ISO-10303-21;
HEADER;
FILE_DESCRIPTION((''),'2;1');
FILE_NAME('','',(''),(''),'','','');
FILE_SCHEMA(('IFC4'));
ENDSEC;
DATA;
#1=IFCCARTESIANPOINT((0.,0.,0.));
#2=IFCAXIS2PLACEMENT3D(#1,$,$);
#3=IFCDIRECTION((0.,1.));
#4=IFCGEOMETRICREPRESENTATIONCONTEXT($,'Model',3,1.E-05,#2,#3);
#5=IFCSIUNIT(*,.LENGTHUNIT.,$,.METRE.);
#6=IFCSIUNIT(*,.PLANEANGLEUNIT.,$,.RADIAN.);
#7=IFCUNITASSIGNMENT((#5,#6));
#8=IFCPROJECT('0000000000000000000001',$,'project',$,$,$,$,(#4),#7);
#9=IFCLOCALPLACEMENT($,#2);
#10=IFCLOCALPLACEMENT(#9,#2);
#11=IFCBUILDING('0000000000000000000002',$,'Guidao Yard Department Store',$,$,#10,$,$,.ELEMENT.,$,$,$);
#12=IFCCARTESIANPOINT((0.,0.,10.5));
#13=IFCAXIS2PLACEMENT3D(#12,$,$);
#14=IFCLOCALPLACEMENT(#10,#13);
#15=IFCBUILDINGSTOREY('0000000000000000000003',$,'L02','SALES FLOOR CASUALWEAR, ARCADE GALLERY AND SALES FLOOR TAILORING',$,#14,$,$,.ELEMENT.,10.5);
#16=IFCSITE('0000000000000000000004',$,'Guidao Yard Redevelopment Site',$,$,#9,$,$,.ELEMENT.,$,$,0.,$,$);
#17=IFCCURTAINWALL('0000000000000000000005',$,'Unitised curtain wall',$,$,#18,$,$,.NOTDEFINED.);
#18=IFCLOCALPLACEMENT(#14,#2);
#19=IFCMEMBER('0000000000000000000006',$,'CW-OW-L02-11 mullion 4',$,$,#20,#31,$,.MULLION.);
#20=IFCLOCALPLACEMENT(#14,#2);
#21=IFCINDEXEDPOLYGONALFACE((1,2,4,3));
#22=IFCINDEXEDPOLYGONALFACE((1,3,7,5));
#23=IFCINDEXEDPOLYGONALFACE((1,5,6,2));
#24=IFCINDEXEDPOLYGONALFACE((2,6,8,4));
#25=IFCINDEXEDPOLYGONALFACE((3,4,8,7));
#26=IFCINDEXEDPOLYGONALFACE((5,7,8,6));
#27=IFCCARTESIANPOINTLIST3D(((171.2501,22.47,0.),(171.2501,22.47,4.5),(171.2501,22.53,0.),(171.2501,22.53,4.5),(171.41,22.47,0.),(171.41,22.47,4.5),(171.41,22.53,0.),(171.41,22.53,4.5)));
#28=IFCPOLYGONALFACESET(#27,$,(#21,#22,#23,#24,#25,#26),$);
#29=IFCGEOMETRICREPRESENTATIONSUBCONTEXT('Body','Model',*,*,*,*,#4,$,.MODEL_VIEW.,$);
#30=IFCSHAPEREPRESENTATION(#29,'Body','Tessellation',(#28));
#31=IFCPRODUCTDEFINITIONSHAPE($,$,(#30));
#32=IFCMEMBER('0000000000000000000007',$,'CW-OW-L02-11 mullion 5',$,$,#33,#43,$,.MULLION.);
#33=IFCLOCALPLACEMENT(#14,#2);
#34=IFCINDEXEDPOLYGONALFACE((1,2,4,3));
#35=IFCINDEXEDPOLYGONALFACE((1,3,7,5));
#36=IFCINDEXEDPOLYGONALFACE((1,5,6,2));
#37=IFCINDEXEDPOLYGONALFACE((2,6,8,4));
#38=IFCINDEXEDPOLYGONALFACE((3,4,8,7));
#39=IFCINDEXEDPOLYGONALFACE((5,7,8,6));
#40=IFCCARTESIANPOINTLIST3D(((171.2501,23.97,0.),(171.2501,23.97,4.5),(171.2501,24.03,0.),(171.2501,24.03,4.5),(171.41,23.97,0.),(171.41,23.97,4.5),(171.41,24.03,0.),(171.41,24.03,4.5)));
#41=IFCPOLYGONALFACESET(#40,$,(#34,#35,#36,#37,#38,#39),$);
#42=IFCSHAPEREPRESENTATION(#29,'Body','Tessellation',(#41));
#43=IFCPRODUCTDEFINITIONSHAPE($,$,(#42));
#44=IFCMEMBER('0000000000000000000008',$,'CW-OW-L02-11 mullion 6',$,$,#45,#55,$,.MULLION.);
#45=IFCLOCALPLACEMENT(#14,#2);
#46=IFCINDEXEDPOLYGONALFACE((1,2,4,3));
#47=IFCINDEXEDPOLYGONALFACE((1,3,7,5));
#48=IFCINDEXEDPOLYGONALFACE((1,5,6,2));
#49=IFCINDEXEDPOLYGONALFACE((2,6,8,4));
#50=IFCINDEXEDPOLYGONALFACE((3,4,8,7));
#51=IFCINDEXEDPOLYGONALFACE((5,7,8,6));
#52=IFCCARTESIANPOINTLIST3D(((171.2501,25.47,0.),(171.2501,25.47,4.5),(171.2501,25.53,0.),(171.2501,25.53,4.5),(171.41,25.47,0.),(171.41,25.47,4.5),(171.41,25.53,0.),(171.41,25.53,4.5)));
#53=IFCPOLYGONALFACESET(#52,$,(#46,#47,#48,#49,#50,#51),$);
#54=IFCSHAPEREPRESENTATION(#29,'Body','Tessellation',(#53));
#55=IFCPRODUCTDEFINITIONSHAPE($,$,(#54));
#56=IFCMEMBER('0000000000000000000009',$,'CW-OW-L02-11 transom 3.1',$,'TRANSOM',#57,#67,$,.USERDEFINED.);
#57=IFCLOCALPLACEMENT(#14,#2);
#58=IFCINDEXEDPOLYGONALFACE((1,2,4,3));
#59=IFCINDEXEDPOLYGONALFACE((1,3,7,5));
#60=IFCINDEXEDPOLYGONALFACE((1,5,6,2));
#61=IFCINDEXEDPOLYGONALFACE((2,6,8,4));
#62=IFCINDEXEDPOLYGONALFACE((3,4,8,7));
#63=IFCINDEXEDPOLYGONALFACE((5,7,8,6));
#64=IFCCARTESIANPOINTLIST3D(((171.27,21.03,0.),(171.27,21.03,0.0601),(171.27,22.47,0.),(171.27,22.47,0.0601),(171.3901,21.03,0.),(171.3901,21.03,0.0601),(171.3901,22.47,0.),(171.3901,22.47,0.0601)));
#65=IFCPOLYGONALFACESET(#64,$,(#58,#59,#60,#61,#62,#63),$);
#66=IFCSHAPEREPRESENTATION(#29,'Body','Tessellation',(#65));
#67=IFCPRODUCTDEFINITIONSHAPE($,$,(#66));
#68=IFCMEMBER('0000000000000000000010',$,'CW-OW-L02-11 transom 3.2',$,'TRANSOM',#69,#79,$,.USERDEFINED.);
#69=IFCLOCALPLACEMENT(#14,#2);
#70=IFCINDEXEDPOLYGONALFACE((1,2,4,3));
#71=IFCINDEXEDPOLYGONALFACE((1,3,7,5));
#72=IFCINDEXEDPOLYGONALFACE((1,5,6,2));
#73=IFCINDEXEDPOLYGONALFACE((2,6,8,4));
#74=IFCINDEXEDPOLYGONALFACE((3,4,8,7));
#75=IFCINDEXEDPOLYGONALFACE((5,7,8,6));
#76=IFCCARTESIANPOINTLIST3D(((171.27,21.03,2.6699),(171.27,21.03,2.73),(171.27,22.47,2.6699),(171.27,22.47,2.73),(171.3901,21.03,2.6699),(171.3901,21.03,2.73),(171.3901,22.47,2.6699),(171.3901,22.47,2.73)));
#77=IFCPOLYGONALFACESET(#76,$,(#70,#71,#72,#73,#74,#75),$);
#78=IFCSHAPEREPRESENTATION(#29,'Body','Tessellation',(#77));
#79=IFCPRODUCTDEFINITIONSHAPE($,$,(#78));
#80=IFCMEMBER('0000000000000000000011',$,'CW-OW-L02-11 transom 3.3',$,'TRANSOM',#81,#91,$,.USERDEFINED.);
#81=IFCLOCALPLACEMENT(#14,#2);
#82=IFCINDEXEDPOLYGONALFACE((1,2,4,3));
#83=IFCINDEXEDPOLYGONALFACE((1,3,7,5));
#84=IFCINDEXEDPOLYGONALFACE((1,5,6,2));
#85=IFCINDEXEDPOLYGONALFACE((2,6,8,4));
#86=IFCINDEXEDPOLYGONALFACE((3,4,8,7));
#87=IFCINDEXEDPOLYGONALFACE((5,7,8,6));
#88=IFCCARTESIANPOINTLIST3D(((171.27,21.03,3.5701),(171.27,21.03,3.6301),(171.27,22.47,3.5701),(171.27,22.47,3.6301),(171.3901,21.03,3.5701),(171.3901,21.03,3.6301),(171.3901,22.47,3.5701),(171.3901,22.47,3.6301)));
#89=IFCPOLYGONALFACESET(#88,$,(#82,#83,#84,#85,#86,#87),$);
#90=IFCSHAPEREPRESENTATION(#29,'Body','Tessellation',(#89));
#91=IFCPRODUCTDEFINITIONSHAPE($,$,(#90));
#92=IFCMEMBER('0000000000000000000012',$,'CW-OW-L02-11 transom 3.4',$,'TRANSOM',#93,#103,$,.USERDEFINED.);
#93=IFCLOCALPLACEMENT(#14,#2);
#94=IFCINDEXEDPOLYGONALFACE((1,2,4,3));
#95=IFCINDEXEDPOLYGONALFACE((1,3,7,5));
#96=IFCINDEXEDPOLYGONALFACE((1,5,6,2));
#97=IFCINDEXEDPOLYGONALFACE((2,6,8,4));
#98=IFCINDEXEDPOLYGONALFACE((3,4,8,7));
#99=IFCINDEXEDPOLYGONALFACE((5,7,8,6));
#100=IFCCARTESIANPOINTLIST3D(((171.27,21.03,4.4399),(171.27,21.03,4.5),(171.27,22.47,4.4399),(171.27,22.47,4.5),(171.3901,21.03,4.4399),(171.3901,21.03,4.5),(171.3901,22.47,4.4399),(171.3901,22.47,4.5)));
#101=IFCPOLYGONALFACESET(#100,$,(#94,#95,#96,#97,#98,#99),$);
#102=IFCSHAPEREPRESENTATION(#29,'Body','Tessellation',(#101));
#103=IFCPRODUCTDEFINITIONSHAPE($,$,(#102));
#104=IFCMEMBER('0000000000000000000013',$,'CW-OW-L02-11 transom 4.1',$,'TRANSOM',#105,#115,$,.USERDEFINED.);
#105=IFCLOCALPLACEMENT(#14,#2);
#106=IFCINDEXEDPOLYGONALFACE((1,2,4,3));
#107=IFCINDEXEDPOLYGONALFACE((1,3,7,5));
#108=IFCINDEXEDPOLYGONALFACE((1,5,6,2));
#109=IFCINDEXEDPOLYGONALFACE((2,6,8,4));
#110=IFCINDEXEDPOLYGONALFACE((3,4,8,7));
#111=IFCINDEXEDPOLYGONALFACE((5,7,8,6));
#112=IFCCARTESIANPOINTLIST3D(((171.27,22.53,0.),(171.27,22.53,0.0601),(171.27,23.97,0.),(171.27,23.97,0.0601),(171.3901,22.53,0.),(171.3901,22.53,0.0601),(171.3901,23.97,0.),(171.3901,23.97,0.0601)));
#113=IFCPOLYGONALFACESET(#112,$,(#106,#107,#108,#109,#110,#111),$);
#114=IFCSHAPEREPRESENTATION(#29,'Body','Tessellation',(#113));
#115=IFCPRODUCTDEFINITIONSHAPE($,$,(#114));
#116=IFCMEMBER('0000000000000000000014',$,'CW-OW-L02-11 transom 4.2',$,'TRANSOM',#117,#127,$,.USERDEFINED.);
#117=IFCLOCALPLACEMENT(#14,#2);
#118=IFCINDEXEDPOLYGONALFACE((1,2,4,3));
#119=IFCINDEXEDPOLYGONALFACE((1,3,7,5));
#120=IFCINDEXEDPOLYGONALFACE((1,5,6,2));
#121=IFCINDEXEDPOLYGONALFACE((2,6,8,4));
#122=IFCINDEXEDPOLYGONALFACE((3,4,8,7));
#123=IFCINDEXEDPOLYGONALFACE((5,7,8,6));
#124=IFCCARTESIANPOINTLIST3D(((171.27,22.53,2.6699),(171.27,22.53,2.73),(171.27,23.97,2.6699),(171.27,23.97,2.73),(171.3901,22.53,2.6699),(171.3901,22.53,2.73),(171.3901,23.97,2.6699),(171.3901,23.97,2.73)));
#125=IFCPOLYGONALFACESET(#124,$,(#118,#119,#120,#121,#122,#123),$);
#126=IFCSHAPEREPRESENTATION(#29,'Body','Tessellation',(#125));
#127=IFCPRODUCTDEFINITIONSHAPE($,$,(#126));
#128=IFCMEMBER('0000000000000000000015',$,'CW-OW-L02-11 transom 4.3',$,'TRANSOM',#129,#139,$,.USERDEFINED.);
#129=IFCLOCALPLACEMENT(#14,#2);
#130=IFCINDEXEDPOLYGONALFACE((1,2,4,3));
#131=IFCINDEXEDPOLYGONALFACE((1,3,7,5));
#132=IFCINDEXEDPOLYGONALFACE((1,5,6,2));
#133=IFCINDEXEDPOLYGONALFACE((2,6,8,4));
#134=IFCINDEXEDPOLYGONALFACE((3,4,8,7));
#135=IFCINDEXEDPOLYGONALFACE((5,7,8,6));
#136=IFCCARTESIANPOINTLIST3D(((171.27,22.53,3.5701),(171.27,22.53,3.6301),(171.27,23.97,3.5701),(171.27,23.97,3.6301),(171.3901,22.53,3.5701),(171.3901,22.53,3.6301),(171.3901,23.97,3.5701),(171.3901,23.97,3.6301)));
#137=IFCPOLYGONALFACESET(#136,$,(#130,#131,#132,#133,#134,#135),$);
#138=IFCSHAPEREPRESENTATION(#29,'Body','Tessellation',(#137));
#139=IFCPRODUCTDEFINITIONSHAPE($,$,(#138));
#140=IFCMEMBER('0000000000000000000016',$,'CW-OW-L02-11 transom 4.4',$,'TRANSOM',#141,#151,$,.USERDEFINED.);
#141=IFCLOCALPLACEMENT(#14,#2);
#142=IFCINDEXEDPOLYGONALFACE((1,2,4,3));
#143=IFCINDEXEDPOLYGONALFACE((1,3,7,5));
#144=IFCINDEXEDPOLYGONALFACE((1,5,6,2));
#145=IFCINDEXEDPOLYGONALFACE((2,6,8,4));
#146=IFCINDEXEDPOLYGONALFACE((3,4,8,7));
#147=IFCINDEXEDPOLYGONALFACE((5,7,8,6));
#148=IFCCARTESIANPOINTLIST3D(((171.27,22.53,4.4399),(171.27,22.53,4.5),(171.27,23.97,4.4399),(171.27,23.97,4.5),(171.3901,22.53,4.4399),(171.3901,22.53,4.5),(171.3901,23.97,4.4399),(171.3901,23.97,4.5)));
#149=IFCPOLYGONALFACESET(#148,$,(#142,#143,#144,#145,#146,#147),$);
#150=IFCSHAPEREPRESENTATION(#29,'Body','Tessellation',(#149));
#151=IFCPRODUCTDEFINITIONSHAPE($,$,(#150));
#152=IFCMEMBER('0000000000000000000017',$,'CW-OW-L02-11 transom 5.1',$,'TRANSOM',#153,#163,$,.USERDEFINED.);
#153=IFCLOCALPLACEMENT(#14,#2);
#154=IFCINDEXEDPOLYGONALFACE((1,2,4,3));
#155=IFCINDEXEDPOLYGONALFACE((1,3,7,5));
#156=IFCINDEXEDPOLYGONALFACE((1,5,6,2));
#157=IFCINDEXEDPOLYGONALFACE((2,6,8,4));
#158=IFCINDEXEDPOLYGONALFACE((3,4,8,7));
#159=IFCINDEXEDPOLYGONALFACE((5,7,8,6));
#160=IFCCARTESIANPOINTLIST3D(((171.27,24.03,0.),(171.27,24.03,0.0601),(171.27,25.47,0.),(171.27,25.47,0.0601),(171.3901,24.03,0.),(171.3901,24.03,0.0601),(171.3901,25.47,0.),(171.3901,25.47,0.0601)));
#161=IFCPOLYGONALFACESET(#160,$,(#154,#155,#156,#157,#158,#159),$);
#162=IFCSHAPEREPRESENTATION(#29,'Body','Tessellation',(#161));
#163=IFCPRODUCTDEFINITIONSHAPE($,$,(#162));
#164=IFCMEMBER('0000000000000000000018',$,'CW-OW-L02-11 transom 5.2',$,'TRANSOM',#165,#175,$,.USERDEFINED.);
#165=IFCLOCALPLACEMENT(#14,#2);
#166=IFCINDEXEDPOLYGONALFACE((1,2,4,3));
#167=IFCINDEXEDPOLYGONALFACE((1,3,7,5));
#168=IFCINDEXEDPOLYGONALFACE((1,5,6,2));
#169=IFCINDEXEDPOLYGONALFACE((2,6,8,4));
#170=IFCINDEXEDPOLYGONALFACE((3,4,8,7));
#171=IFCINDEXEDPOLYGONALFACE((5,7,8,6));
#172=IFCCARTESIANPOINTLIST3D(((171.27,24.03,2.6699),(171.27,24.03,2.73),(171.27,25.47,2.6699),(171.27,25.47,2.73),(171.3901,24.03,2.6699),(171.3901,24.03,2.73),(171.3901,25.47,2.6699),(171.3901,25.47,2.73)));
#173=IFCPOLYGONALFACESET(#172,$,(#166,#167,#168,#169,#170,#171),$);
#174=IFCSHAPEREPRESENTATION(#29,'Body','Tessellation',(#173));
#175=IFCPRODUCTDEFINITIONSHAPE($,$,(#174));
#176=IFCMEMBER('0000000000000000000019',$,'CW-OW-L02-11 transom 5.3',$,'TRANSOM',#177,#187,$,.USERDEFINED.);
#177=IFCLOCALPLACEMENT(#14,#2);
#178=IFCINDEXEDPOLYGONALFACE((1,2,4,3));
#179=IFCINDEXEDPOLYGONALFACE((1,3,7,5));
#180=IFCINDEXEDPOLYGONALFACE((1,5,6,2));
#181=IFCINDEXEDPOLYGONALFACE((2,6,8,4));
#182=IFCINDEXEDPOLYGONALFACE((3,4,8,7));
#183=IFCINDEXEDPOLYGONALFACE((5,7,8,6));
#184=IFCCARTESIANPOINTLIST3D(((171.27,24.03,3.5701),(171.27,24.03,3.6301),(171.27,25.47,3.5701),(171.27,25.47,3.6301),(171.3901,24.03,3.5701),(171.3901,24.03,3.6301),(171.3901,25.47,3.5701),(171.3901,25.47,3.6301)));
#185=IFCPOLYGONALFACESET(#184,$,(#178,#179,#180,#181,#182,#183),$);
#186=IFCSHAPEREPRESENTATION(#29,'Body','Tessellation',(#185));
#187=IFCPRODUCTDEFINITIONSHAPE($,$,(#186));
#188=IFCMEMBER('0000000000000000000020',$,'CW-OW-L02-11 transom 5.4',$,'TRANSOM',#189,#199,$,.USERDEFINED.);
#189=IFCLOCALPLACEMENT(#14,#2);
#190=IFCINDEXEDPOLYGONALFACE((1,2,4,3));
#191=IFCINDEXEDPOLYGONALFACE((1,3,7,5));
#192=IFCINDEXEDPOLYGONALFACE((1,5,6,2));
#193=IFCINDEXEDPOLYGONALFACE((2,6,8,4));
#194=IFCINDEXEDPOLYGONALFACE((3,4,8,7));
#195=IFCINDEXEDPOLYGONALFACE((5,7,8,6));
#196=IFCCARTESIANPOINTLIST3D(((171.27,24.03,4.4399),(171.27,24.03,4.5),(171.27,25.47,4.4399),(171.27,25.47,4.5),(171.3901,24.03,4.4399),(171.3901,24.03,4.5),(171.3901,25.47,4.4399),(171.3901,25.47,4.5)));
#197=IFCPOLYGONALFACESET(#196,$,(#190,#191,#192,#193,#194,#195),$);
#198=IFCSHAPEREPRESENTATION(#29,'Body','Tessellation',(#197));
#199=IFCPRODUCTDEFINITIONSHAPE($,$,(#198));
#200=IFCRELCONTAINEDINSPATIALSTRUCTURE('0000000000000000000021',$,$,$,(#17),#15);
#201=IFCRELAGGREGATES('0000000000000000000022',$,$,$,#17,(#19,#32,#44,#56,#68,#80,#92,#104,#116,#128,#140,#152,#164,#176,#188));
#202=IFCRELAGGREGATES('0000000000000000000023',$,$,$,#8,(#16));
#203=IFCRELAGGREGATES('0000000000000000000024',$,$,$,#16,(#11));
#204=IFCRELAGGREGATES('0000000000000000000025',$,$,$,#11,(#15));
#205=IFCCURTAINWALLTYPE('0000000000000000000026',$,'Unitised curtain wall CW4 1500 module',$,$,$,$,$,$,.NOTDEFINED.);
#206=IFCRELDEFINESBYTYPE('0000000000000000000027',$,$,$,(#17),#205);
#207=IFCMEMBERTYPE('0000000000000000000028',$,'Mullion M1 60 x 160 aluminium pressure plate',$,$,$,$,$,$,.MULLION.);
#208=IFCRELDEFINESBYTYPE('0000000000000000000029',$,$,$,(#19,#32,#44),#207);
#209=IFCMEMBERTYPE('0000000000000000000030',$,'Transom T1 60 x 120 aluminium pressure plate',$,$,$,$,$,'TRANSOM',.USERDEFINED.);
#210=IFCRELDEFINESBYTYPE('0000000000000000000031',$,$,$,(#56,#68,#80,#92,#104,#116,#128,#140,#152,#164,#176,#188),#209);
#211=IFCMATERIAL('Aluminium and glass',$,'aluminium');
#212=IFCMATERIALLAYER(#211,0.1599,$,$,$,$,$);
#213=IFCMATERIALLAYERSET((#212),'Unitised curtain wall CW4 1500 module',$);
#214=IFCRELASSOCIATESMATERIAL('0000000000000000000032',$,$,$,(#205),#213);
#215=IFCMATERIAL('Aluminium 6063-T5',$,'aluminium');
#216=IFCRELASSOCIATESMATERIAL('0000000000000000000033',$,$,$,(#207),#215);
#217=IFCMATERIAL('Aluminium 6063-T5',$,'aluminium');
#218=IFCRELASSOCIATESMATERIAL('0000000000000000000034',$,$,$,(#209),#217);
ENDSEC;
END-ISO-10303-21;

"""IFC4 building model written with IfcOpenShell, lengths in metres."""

from ifc_helpers import new_model, si_unit, direction, frame, origin, origin_2d, place, context, subcontext, project, spatial, rectangle, extrude, material, layer, layer_set, material_profile, profile_set, type_object, element, aggregate, save


model = new_model("IFC4")

# Units and contexts
model_context = context("Model", 3, precision=1e-05, world=origin(), true_north=direction((0.0, 1.0)))
body_context = subcontext(model_context, "Body", "Model", "MODEL_VIEW")
ifc_project = project(units=[si_unit("LENGTHUNIT", "METRE"), si_unit("PLANEANGLEUNIT", "RADIAN")], contexts=[model_context])

# Site, building, storey
site_placement = place(None, origin())
site = spatial("IfcSite", under=ifc_project, at=site_placement, Name="Guidao Yard Redevelopment Site", CompositionType="ELEMENT", RefElevation=0.0)
building_placement = place(site_placement, origin())
building = spatial("IfcBuilding", under=site, at=building_placement, Name="Guidao Yard Department Store", CompositionType="ELEMENT")
storey_placement = place(building_placement, frame((0.0, 0.0, 10.5)))
storey = spatial("IfcBuildingStorey", under=building, at=storey_placement, Name="L02", Description="SALES FLOOR CASUALWEAR, ARCADE GALLERY AND SALES FLOOR TAILORING", CompositionType="ELEMENT", Elevation=10.5)

# Curtain wall, members
ifc_material_1 = material(Name="Aluminium and glass", Category="aluminium")
ifc_layer_1 = layer(ifc_material_1, 0.1599)
ifc_layer_set_1 = layer_set([ifc_layer_1], Name="Unitised curtain wall CW4 1500 module")
curtain_wall_type = type_object("IfcCurtainWallType", Name="Unitised curtain wall CW4 1500 module", PredefinedType="NOTDEFINED", material=ifc_layer_set_1)
curtain_wall_placement = place(storey_placement, origin())
curtain_wall = element("IfcCurtainWall", 1, at=curtain_wall_placement, inside=storey, type_object=curtain_wall_type, Name="Unitised curtain wall", PredefinedType="NOTDEFINED")
ifc_material_2 = material(Name="Aluminium 6063-T5", Category="aluminium")
ifc_material_profile_1 = material_profile(ifc_material_2, rectangle(XDim=0.0601, YDim=0.1599, at=origin_2d()), Name="Mullion M1 60 x 160 aluminium pressure plate")
ifc_profile_set_1 = profile_set([ifc_material_profile_1], Name="Aluminium 6063-T5")
member_type_1 = type_object("IfcMemberType", Name="Mullion M1 60 x 160 aluminium pressure plate", PredefinedType="MULLION", material=ifc_profile_set_1)
member_1_placement = place(storey_placement, frame((171.3301, 22.5, 0.0), z_axis=(0.0, 0.0, 1.0), x_axis=(0.0, -1.0, 0.0)))
member_1 = element("IfcMember", 2, at=member_1_placement, type_object=member_type_1, Name="CW-OW-L02-11 mullion 4", PredefinedType="MULLION", context=body_context, shape_type="SweptSolid", body=[
    extrude(rectangle(XDim=0.0601, YDim=0.1599, at=origin_2d()), origin(), (0.0, 0.0, 1.0), 4.5),
])
member_2_placement = place(storey_placement, frame((171.3301, 24.0, 0.0), z_axis=(0.0, 0.0, 1.0), x_axis=(0.0, -1.0, 0.0)))
member_2 = element("IfcMember", 3, at=member_2_placement, type_object=member_type_1, Name="CW-OW-L02-11 mullion 5", PredefinedType="MULLION", context=body_context, shape_type="SweptSolid", body=[
    extrude(rectangle(XDim=0.0601, YDim=0.1599, at=origin_2d()), origin(), (0.0, 0.0, 1.0), 4.5),
])
member_3_placement = place(storey_placement, frame((171.3301, 25.5, 0.0), z_axis=(0.0, 0.0, 1.0), x_axis=(0.0, -1.0, 0.0)))
member_3 = element("IfcMember", 4, at=member_3_placement, type_object=member_type_1, Name="CW-OW-L02-11 mullion 6", PredefinedType="MULLION", context=body_context, shape_type="SweptSolid", body=[
    extrude(rectangle(XDim=0.0601, YDim=0.1599, at=origin_2d()), origin(), (0.0, 0.0, 1.0), 4.5),
])
ifc_material_3 = material(Name="Aluminium 6063-T5", Category="aluminium")
ifc_material_profile_2 = material_profile(ifc_material_3, rectangle(XDim=0.1201, YDim=0.0601, at=origin_2d()), Name="Transom T1 60 x 120 aluminium pressure plate")
ifc_profile_set_2 = profile_set([ifc_material_profile_2], Name="Aluminium 6063-T5")
member_type_2 = type_object("IfcMemberType", Name="Transom T1 60 x 120 aluminium pressure plate", ElementType="TRANSOM", PredefinedType="USERDEFINED", material=ifc_profile_set_2)
member_4_placement = place(storey_placement, frame((171.3301, 22.47, 0.03), z_axis=(0.0, -1.0, 0.0), x_axis=(1.0, 0.0, 0.0)))
member_4 = element("IfcMember", 5, at=member_4_placement, type_object=member_type_2, Name="CW-OW-L02-11 transom 3.1", ObjectType="TRANSOM", PredefinedType="USERDEFINED", context=body_context, shape_type="SweptSolid", body=[
    extrude(rectangle(XDim=0.1201, YDim=0.0601, at=origin_2d()), origin(), (0.0, 0.0, 1.0), 1.4399),
])
member_5_placement = place(storey_placement, frame((171.3301, 22.47, 2.7), z_axis=(0.0, -1.0, 0.0), x_axis=(1.0, 0.0, 0.0)))
member_5 = element("IfcMember", 6, at=member_5_placement, type_object=member_type_2, Name="CW-OW-L02-11 transom 3.2", ObjectType="TRANSOM", PredefinedType="USERDEFINED", context=body_context, shape_type="SweptSolid", body=[
    extrude(rectangle(XDim=0.1201, YDim=0.0601, at=origin_2d()), origin(), (0.0, 0.0, 1.0), 1.4399),
])
member_6_placement = place(storey_placement, frame((171.3301, 22.47, 3.6001), z_axis=(0.0, -1.0, 0.0), x_axis=(1.0, 0.0, 0.0)))
member_6 = element("IfcMember", 7, at=member_6_placement, type_object=member_type_2, Name="CW-OW-L02-11 transom 3.3", ObjectType="TRANSOM", PredefinedType="USERDEFINED", context=body_context, shape_type="SweptSolid", body=[
    extrude(rectangle(XDim=0.1201, YDim=0.0601, at=origin_2d()), origin(), (0.0, 0.0, 1.0), 1.4399),
])
member_7_placement = place(storey_placement, frame((171.3301, 22.47, 4.47), z_axis=(0.0, -1.0, 0.0), x_axis=(1.0, 0.0, 0.0)))
member_7 = element("IfcMember", 8, at=member_7_placement, type_object=member_type_2, Name="CW-OW-L02-11 transom 3.4", ObjectType="TRANSOM", PredefinedType="USERDEFINED", context=body_context, shape_type="SweptSolid", body=[
    extrude(rectangle(XDim=0.1201, YDim=0.0601, at=origin_2d()), origin(), (0.0, 0.0, 1.0), 1.4399),
])
member_8_placement = place(storey_placement, frame((171.3301, 23.97, 0.03), z_axis=(0.0, -1.0, 0.0), x_axis=(1.0, 0.0, 0.0)))
member_8 = element("IfcMember", 9, at=member_8_placement, type_object=member_type_2, Name="CW-OW-L02-11 transom 4.1", ObjectType="TRANSOM", PredefinedType="USERDEFINED", context=body_context, shape_type="SweptSolid", body=[
    extrude(rectangle(XDim=0.1201, YDim=0.0601, at=origin_2d()), origin(), (0.0, 0.0, 1.0), 1.4399),
])
member_9_placement = place(storey_placement, frame((171.3301, 23.97, 2.7), z_axis=(0.0, -1.0, 0.0), x_axis=(1.0, 0.0, 0.0)))
member_9 = element("IfcMember", 10, at=member_9_placement, type_object=member_type_2, Name="CW-OW-L02-11 transom 4.2", ObjectType="TRANSOM", PredefinedType="USERDEFINED", context=body_context, shape_type="SweptSolid", body=[
    extrude(rectangle(XDim=0.1201, YDim=0.0601, at=origin_2d()), origin(), (0.0, 0.0, 1.0), 1.4399),
])
member_10_placement = place(storey_placement, frame((171.3301, 23.97, 3.6001), z_axis=(0.0, -1.0, 0.0), x_axis=(1.0, 0.0, 0.0)))
member_10 = element("IfcMember", 11, at=member_10_placement, type_object=member_type_2, Name="CW-OW-L02-11 transom 4.3", ObjectType="TRANSOM", PredefinedType="USERDEFINED", context=body_context, shape_type="SweptSolid", body=[
    extrude(rectangle(XDim=0.1201, YDim=0.0601, at=origin_2d()), origin(), (0.0, 0.0, 1.0), 1.4399),
])
member_11_placement = place(storey_placement, frame((171.3301, 23.97, 4.47), z_axis=(0.0, -1.0, 0.0), x_axis=(1.0, 0.0, 0.0)))
member_11 = element("IfcMember", 12, at=member_11_placement, type_object=member_type_2, Name="CW-OW-L02-11 transom 4.4", ObjectType="TRANSOM", PredefinedType="USERDEFINED", context=body_context, shape_type="SweptSolid", body=[
    extrude(rectangle(XDim=0.1201, YDim=0.0601, at=origin_2d()), origin(), (0.0, 0.0, 1.0), 1.4399),
])
member_12_placement = place(storey_placement, frame((171.3301, 25.47, 0.03), z_axis=(0.0, -1.0, 0.0), x_axis=(1.0, 0.0, 0.0)))
member_12 = element("IfcMember", 13, at=member_12_placement, type_object=member_type_2, Name="CW-OW-L02-11 transom 5.1", ObjectType="TRANSOM", PredefinedType="USERDEFINED", context=body_context, shape_type="SweptSolid", body=[
    extrude(rectangle(XDim=0.1201, YDim=0.0601, at=origin_2d()), origin(), (0.0, 0.0, 1.0), 1.4399),
])
member_13_placement = place(storey_placement, frame((171.3301, 25.47, 2.7), z_axis=(0.0, -1.0, 0.0), x_axis=(1.0, 0.0, 0.0)))
member_13 = element("IfcMember", 14, at=member_13_placement, type_object=member_type_2, Name="CW-OW-L02-11 transom 5.2", ObjectType="TRANSOM", PredefinedType="USERDEFINED", context=body_context, shape_type="SweptSolid", body=[
    extrude(rectangle(XDim=0.1201, YDim=0.0601, at=origin_2d()), origin(), (0.0, 0.0, 1.0), 1.4399),
])
member_14_placement = place(storey_placement, frame((171.3301, 25.47, 3.6001), z_axis=(0.0, -1.0, 0.0), x_axis=(1.0, 0.0, 0.0)))
member_14 = element("IfcMember", 15, at=member_14_placement, type_object=member_type_2, Name="CW-OW-L02-11 transom 5.3", ObjectType="TRANSOM", PredefinedType="USERDEFINED", context=body_context, shape_type="SweptSolid", body=[
    extrude(rectangle(XDim=0.1201, YDim=0.0601, at=origin_2d()), origin(), (0.0, 0.0, 1.0), 1.4399),
])
member_15_placement = place(storey_placement, frame((171.3301, 25.47, 4.47), z_axis=(0.0, -1.0, 0.0), x_axis=(1.0, 0.0, 0.0)))
member_15 = element("IfcMember", 16, at=member_15_placement, type_object=member_type_2, Name="CW-OW-L02-11 transom 5.4", ObjectType="TRANSOM", PredefinedType="USERDEFINED", context=body_context, shape_type="SweptSolid", body=[
    extrude(rectangle(XDim=0.1201, YDim=0.0601, at=origin_2d()), origin(), (0.0, 0.0, 1.0), 1.4399),
])
aggregate(curtain_wall, [member_1, member_2, member_3, member_4, member_5, member_6, member_7, member_8, member_9, member_10, member_11, member_12, member_13, member_14, member_15])

save(model, "model.ifc")
